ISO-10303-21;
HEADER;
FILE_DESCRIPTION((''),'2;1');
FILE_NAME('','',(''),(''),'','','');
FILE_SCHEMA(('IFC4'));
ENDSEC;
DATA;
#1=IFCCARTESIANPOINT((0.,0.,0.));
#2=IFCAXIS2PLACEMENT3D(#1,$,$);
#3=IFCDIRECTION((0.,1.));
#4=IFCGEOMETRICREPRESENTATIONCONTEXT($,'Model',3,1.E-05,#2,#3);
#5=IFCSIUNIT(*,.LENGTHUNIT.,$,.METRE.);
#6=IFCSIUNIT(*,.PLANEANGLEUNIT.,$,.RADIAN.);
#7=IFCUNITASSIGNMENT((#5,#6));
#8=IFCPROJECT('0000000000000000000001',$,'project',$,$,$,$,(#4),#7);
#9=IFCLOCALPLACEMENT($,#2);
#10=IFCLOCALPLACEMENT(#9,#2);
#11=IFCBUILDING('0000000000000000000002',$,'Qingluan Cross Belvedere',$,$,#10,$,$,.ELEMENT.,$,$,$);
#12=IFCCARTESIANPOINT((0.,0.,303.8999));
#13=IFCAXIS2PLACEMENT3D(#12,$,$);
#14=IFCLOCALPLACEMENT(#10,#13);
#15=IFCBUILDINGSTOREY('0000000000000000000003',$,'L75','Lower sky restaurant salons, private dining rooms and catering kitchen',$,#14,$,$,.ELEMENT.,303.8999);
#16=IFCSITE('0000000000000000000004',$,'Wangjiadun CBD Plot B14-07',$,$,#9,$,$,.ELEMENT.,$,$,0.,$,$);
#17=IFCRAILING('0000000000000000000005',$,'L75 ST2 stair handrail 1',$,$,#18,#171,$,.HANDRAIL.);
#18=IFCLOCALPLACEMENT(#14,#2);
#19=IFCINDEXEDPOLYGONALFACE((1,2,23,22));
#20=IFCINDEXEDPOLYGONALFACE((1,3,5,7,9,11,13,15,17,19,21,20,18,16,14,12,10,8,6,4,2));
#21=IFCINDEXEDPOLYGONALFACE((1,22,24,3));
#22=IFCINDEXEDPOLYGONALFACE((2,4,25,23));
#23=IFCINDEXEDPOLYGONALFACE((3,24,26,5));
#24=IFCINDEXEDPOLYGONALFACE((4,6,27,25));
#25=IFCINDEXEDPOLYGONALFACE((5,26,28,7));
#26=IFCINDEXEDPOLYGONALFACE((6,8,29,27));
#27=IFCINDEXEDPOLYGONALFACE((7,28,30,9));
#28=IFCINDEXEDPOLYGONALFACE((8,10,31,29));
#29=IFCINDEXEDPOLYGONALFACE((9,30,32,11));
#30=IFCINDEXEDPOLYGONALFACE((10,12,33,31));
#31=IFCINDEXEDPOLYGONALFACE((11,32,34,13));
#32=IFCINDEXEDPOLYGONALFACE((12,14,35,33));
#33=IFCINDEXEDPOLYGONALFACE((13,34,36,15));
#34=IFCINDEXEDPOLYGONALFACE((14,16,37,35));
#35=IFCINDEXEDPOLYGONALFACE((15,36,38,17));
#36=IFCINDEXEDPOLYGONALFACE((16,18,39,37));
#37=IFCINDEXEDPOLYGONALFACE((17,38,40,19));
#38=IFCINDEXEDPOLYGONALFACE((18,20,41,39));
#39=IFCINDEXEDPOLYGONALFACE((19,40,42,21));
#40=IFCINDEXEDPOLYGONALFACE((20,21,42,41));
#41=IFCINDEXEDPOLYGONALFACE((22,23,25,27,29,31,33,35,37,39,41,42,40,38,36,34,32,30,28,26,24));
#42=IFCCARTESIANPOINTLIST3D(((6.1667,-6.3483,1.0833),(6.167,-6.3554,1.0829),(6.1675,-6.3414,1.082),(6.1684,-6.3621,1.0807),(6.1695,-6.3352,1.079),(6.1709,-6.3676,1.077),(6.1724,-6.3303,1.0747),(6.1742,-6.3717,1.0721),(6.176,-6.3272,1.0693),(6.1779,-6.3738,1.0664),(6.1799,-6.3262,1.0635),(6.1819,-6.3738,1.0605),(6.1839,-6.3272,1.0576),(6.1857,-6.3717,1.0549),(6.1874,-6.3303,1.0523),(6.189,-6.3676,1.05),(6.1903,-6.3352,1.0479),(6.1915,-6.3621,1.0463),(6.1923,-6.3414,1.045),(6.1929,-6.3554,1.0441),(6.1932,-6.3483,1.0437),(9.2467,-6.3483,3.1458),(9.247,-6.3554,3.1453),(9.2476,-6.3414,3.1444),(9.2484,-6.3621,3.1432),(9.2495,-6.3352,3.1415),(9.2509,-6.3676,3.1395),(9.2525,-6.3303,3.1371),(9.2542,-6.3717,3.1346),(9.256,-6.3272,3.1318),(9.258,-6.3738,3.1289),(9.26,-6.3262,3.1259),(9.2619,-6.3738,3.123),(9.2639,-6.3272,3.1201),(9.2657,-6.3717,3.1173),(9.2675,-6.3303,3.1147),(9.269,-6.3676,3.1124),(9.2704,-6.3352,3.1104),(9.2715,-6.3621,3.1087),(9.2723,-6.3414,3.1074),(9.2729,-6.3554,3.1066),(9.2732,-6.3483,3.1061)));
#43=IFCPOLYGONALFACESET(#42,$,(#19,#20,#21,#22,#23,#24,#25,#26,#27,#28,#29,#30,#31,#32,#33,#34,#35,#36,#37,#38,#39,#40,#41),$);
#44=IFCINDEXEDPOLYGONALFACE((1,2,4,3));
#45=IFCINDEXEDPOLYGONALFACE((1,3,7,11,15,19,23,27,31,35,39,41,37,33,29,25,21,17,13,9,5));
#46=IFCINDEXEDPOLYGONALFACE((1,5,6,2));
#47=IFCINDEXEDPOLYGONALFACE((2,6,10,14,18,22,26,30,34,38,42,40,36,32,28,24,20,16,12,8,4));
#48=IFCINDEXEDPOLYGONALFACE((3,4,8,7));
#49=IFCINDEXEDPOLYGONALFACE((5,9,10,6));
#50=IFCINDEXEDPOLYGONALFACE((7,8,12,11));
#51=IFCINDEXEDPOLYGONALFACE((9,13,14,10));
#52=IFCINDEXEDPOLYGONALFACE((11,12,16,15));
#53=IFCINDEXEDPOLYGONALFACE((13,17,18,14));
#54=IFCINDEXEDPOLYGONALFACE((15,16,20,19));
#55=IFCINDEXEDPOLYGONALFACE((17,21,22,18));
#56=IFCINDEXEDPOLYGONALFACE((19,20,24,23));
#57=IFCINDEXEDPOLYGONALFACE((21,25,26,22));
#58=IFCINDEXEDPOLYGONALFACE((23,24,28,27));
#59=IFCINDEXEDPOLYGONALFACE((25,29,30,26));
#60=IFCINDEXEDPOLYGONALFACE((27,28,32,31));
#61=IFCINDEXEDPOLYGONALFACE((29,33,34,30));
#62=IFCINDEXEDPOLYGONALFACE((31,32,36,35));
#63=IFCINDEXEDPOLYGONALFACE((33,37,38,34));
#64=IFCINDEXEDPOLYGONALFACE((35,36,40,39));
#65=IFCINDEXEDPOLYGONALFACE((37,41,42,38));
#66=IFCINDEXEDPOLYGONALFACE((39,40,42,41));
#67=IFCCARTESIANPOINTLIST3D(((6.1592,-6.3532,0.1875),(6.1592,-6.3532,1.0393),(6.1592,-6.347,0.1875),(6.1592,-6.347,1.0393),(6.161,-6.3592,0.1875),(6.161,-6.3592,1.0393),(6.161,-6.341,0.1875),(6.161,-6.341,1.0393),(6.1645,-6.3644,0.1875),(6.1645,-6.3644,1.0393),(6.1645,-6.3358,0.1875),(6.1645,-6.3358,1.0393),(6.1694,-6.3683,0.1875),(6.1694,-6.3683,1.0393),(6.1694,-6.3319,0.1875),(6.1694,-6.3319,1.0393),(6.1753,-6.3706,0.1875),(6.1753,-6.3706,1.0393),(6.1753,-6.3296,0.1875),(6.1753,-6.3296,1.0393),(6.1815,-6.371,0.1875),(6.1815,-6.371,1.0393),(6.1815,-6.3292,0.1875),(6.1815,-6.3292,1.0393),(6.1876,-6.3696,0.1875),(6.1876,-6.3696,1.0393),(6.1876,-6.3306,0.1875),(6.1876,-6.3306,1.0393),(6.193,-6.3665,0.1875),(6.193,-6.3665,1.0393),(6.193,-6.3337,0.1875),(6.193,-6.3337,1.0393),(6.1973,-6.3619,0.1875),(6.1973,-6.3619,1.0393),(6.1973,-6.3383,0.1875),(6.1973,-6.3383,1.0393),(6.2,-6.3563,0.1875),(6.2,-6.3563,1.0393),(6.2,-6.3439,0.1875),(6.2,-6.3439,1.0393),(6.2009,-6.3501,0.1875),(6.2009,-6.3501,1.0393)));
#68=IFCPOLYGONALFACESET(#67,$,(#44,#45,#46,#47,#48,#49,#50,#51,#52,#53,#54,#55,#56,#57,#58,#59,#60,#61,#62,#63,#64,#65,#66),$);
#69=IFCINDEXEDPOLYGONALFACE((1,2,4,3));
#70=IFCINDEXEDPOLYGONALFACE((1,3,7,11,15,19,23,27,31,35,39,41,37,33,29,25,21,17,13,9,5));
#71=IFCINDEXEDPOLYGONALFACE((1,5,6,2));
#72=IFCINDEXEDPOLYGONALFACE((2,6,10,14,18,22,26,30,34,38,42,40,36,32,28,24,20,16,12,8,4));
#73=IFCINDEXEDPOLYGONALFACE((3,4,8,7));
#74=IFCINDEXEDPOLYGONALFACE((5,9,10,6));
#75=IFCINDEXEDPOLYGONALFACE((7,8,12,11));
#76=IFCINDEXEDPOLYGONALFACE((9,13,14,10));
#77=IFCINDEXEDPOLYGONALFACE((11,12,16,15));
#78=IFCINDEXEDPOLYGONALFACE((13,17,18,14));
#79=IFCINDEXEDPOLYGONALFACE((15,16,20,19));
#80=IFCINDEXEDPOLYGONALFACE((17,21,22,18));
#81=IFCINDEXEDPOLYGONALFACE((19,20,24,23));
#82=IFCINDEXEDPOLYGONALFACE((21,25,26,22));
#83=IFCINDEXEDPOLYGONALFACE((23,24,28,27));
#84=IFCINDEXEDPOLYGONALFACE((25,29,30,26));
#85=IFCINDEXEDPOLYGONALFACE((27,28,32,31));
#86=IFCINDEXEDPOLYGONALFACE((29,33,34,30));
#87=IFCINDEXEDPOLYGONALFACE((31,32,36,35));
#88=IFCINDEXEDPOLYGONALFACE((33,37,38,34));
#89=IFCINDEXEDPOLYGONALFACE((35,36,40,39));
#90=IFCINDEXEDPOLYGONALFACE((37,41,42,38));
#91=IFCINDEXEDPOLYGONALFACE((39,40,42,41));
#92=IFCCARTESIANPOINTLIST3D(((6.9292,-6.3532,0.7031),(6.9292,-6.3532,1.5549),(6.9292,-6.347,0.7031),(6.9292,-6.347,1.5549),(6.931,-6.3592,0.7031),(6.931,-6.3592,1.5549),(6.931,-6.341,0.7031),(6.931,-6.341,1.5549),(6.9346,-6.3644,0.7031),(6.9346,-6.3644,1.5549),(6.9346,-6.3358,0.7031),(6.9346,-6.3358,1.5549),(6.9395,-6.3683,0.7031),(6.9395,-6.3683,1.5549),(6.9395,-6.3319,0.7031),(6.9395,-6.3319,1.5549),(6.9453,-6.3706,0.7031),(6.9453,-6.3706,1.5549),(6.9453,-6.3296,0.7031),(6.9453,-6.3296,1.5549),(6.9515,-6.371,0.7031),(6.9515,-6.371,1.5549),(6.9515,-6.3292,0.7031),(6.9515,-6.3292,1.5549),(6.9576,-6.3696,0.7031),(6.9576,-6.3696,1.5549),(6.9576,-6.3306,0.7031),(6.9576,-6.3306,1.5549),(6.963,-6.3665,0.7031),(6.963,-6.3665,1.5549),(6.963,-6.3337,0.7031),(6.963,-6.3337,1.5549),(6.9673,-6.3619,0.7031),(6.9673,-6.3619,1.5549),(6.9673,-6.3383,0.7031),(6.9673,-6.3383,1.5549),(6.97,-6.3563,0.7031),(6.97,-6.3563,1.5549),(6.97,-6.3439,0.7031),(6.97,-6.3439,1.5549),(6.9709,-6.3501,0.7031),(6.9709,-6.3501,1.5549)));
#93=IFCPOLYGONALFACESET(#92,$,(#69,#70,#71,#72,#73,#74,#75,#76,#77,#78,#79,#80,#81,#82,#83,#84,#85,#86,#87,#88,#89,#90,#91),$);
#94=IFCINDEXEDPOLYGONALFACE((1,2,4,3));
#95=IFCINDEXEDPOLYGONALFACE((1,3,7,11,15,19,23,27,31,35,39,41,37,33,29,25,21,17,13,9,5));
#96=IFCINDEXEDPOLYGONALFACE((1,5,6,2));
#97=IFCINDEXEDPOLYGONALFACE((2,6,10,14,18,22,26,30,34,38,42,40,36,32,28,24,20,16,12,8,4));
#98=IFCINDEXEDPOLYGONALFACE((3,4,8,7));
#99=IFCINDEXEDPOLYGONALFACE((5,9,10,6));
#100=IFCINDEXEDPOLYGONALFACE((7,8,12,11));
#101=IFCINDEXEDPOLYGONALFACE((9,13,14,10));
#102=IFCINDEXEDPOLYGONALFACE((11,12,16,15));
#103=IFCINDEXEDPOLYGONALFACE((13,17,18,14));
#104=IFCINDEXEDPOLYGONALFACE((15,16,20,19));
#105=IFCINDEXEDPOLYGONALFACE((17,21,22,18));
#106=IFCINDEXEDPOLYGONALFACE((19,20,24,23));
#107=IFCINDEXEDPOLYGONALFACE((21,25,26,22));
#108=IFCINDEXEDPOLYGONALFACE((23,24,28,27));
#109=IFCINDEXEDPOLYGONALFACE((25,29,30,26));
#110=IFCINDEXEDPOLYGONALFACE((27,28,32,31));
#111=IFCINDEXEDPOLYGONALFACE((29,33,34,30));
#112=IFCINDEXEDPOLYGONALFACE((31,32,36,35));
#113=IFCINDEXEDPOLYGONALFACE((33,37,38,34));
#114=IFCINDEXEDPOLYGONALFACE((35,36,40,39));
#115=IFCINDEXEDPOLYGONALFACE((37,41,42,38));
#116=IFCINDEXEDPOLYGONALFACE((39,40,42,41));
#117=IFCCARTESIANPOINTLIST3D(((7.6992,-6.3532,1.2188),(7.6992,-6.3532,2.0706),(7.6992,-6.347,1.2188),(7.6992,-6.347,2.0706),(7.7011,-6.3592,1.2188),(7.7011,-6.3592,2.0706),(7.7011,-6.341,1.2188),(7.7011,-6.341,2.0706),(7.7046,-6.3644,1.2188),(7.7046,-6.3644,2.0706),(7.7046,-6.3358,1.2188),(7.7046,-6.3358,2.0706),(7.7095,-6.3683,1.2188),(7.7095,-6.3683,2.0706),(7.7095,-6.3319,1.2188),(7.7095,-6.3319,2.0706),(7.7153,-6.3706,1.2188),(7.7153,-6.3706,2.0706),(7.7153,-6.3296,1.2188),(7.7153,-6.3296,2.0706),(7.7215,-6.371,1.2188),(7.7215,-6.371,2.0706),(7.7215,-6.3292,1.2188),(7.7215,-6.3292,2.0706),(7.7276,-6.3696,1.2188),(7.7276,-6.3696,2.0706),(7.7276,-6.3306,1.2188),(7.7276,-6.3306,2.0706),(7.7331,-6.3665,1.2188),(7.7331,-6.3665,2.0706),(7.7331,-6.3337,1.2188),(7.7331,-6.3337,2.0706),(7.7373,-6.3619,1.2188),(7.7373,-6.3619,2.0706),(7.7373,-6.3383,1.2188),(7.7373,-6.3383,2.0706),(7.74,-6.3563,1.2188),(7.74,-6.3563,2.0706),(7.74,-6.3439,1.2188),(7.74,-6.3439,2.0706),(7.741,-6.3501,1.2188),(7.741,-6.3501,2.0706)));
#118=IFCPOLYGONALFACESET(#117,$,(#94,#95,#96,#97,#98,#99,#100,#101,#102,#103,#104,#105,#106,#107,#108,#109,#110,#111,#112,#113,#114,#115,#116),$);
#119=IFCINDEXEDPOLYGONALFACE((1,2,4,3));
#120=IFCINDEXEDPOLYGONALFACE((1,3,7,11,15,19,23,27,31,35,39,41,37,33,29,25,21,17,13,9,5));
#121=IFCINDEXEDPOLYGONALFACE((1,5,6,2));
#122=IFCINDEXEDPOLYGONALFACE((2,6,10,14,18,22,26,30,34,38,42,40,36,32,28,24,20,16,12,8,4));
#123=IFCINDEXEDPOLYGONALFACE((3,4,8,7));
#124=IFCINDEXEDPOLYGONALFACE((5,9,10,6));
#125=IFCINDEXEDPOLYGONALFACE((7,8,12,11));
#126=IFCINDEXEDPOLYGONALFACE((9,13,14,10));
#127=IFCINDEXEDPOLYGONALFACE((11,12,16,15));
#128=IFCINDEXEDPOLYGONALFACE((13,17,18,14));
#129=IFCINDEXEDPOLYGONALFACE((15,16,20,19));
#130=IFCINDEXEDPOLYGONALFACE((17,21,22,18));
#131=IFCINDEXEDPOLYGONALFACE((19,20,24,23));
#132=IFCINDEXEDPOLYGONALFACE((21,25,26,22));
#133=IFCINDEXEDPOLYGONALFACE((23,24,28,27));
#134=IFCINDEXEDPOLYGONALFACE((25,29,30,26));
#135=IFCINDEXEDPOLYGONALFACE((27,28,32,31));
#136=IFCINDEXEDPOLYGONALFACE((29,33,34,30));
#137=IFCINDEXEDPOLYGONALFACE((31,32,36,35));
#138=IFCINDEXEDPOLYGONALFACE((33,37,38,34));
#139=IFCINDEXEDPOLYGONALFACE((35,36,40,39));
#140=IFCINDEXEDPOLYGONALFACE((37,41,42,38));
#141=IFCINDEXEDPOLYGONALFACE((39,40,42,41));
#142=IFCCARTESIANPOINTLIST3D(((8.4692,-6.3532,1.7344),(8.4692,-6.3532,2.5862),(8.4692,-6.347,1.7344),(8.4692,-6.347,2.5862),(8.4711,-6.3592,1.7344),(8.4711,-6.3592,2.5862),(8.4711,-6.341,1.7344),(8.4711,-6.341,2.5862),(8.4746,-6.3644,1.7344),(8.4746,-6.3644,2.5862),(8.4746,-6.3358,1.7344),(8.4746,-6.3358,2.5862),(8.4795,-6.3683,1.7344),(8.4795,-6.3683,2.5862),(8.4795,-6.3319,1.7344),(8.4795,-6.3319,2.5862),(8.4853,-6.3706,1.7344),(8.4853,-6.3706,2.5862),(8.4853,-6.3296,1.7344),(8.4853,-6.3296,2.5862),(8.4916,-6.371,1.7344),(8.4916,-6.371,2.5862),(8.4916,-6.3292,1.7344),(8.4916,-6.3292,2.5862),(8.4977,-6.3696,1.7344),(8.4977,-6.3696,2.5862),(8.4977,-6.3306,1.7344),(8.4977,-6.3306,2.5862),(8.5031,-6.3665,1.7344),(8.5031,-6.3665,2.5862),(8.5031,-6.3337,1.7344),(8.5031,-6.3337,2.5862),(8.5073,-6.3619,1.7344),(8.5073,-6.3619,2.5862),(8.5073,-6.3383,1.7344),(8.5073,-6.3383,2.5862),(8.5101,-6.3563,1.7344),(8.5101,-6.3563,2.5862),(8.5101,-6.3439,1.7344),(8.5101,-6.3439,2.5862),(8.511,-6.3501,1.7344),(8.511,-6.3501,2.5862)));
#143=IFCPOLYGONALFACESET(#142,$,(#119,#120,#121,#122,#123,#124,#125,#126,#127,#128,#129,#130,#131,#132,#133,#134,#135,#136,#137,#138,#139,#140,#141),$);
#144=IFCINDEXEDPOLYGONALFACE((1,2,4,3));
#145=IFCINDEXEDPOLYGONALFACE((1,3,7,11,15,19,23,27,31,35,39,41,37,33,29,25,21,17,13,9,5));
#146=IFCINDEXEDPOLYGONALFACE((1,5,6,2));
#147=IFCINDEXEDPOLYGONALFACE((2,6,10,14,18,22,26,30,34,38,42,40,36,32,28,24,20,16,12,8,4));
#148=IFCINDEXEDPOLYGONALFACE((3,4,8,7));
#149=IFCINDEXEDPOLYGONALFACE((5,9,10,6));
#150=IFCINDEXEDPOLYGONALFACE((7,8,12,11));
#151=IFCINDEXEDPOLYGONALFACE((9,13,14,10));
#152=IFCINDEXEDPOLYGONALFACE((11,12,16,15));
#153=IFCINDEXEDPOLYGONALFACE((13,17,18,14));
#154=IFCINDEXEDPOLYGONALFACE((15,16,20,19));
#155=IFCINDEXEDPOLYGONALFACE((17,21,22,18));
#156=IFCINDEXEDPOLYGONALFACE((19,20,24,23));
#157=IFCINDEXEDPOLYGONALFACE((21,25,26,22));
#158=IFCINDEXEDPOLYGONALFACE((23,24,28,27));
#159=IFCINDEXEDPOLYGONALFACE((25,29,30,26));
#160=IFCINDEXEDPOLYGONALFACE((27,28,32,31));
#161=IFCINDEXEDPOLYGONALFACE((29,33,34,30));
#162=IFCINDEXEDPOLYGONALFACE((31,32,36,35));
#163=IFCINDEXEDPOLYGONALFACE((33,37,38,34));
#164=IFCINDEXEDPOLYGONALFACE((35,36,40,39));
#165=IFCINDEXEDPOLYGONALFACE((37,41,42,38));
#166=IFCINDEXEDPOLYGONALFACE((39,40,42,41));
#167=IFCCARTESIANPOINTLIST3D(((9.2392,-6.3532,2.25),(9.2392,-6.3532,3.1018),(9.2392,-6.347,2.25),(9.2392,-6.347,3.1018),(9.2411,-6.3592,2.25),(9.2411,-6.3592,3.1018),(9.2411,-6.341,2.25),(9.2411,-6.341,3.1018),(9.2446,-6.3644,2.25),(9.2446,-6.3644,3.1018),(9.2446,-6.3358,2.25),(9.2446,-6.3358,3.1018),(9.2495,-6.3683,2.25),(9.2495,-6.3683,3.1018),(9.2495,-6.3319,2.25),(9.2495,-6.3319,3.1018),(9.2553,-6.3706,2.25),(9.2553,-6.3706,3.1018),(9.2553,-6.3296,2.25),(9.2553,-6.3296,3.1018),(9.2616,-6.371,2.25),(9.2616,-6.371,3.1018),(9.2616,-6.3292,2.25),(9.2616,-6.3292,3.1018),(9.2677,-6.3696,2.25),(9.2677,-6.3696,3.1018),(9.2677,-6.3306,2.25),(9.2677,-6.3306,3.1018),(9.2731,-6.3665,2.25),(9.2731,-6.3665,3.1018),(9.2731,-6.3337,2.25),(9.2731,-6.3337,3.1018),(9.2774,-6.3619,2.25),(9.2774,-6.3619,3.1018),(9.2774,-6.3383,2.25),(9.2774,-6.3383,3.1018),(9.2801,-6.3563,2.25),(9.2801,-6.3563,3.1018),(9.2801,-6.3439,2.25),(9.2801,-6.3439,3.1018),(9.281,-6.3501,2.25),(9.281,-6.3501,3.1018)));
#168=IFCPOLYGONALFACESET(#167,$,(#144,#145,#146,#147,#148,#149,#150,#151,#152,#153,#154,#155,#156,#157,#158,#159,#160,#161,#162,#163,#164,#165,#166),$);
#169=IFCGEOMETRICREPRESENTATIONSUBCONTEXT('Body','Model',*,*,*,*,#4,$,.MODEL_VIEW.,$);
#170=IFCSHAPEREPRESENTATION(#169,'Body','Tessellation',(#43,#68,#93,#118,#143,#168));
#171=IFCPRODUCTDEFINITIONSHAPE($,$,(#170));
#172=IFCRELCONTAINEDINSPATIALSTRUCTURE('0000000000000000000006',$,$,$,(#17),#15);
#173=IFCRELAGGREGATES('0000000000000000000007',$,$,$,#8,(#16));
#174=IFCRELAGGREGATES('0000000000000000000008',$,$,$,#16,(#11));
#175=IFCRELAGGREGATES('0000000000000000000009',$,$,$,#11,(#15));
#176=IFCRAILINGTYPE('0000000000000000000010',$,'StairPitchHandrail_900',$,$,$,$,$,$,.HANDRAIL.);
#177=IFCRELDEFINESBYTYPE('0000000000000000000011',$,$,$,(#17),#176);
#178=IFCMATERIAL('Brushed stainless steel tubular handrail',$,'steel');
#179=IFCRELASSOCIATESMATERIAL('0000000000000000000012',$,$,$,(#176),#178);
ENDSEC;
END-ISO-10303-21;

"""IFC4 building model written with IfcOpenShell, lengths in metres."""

from ifc_helpers import new_model, si_unit, direction, frame, origin, origin_2d, place, context, subcontext, project, spatial, circle, extrude, material, type_object, element, save


model = new_model("IFC4")

# Units and contexts
model_context = context("Model", 3, precision=1e-05, world=origin(), true_north=direction((0.0, 1.0)))
body_context = subcontext(model_context, "Body", "Model", "MODEL_VIEW")
ifc_project = project(units=[si_unit("LENGTHUNIT", "METRE"), si_unit("PLANEANGLEUNIT", "RADIAN")], contexts=[model_context])

# Site, building, storey
site_placement = place(None, origin())
site = spatial("IfcSite", under=ifc_project, at=site_placement, Name="Wangjiadun CBD Plot B14-07", CompositionType="ELEMENT", RefElevation=0.0)
building_placement = place(site_placement, origin())
building = spatial("IfcBuilding", under=site, at=building_placement, Name="Qingluan Cross Belvedere", CompositionType="ELEMENT")
storey_placement = place(building_placement, frame((0.0, 0.0, 303.8999)))
storey = spatial("IfcBuildingStorey", under=building, at=storey_placement, Name="L75", Description="Lower sky restaurant salons, private dining rooms and catering kitchen", CompositionType="ELEMENT", Elevation=303.8999)

# Railing
ifc_material_1 = material(Name="Brushed stainless steel tubular handrail", Category="steel")
railing_type_1 = type_object("IfcRailingType", Name="StairPitchHandrail_900", PredefinedType="HANDRAIL", material=ifc_material_1)
railing_1_placement = place(storey_placement, frame((6.1799, -6.3501, 0.1875)))
element("IfcRailing", 1, at=railing_1_placement, inside=storey, type_object=railing_type_1, Name="L75 ST2 stair handrail 1", PredefinedType="HANDRAIL", context=body_context, shape_type="SweptSolid", body=[
    extrude(circle(Radius=0.0239, at=origin_2d()), frame((0.0, 0.0, 0.876), z_axis=(0.830914, 0.0, 0.556401), x_axis=(0.0, 1.0, 0.0)), (0.0, 0.0, 1.0), 3.7068),
    extrude(circle(Radius=0.021, at=origin_2d()), origin(), (0.0, 0.0, 1.0), 0.8518),
    extrude(circle(Radius=0.021, at=origin_2d()), frame((0.77, 0.0, 0.5156)), (0.0, 0.0, 1.0), 0.8518),
    extrude(circle(Radius=0.021, at=origin_2d()), frame((1.54, 0.0, 1.0312)), (0.0, 0.0, 1.0), 0.8518),
    extrude(circle(Radius=0.021, at=origin_2d()), frame((2.3101, 0.0, 1.5469)), (0.0, 0.0, 1.0), 0.8518),
    extrude(circle(Radius=0.021, at=origin_2d()), frame((3.0801, 0.0, 2.0625)), (0.0, 0.0, 1.0), 0.8518),
])

save(model, "model.ifc")
